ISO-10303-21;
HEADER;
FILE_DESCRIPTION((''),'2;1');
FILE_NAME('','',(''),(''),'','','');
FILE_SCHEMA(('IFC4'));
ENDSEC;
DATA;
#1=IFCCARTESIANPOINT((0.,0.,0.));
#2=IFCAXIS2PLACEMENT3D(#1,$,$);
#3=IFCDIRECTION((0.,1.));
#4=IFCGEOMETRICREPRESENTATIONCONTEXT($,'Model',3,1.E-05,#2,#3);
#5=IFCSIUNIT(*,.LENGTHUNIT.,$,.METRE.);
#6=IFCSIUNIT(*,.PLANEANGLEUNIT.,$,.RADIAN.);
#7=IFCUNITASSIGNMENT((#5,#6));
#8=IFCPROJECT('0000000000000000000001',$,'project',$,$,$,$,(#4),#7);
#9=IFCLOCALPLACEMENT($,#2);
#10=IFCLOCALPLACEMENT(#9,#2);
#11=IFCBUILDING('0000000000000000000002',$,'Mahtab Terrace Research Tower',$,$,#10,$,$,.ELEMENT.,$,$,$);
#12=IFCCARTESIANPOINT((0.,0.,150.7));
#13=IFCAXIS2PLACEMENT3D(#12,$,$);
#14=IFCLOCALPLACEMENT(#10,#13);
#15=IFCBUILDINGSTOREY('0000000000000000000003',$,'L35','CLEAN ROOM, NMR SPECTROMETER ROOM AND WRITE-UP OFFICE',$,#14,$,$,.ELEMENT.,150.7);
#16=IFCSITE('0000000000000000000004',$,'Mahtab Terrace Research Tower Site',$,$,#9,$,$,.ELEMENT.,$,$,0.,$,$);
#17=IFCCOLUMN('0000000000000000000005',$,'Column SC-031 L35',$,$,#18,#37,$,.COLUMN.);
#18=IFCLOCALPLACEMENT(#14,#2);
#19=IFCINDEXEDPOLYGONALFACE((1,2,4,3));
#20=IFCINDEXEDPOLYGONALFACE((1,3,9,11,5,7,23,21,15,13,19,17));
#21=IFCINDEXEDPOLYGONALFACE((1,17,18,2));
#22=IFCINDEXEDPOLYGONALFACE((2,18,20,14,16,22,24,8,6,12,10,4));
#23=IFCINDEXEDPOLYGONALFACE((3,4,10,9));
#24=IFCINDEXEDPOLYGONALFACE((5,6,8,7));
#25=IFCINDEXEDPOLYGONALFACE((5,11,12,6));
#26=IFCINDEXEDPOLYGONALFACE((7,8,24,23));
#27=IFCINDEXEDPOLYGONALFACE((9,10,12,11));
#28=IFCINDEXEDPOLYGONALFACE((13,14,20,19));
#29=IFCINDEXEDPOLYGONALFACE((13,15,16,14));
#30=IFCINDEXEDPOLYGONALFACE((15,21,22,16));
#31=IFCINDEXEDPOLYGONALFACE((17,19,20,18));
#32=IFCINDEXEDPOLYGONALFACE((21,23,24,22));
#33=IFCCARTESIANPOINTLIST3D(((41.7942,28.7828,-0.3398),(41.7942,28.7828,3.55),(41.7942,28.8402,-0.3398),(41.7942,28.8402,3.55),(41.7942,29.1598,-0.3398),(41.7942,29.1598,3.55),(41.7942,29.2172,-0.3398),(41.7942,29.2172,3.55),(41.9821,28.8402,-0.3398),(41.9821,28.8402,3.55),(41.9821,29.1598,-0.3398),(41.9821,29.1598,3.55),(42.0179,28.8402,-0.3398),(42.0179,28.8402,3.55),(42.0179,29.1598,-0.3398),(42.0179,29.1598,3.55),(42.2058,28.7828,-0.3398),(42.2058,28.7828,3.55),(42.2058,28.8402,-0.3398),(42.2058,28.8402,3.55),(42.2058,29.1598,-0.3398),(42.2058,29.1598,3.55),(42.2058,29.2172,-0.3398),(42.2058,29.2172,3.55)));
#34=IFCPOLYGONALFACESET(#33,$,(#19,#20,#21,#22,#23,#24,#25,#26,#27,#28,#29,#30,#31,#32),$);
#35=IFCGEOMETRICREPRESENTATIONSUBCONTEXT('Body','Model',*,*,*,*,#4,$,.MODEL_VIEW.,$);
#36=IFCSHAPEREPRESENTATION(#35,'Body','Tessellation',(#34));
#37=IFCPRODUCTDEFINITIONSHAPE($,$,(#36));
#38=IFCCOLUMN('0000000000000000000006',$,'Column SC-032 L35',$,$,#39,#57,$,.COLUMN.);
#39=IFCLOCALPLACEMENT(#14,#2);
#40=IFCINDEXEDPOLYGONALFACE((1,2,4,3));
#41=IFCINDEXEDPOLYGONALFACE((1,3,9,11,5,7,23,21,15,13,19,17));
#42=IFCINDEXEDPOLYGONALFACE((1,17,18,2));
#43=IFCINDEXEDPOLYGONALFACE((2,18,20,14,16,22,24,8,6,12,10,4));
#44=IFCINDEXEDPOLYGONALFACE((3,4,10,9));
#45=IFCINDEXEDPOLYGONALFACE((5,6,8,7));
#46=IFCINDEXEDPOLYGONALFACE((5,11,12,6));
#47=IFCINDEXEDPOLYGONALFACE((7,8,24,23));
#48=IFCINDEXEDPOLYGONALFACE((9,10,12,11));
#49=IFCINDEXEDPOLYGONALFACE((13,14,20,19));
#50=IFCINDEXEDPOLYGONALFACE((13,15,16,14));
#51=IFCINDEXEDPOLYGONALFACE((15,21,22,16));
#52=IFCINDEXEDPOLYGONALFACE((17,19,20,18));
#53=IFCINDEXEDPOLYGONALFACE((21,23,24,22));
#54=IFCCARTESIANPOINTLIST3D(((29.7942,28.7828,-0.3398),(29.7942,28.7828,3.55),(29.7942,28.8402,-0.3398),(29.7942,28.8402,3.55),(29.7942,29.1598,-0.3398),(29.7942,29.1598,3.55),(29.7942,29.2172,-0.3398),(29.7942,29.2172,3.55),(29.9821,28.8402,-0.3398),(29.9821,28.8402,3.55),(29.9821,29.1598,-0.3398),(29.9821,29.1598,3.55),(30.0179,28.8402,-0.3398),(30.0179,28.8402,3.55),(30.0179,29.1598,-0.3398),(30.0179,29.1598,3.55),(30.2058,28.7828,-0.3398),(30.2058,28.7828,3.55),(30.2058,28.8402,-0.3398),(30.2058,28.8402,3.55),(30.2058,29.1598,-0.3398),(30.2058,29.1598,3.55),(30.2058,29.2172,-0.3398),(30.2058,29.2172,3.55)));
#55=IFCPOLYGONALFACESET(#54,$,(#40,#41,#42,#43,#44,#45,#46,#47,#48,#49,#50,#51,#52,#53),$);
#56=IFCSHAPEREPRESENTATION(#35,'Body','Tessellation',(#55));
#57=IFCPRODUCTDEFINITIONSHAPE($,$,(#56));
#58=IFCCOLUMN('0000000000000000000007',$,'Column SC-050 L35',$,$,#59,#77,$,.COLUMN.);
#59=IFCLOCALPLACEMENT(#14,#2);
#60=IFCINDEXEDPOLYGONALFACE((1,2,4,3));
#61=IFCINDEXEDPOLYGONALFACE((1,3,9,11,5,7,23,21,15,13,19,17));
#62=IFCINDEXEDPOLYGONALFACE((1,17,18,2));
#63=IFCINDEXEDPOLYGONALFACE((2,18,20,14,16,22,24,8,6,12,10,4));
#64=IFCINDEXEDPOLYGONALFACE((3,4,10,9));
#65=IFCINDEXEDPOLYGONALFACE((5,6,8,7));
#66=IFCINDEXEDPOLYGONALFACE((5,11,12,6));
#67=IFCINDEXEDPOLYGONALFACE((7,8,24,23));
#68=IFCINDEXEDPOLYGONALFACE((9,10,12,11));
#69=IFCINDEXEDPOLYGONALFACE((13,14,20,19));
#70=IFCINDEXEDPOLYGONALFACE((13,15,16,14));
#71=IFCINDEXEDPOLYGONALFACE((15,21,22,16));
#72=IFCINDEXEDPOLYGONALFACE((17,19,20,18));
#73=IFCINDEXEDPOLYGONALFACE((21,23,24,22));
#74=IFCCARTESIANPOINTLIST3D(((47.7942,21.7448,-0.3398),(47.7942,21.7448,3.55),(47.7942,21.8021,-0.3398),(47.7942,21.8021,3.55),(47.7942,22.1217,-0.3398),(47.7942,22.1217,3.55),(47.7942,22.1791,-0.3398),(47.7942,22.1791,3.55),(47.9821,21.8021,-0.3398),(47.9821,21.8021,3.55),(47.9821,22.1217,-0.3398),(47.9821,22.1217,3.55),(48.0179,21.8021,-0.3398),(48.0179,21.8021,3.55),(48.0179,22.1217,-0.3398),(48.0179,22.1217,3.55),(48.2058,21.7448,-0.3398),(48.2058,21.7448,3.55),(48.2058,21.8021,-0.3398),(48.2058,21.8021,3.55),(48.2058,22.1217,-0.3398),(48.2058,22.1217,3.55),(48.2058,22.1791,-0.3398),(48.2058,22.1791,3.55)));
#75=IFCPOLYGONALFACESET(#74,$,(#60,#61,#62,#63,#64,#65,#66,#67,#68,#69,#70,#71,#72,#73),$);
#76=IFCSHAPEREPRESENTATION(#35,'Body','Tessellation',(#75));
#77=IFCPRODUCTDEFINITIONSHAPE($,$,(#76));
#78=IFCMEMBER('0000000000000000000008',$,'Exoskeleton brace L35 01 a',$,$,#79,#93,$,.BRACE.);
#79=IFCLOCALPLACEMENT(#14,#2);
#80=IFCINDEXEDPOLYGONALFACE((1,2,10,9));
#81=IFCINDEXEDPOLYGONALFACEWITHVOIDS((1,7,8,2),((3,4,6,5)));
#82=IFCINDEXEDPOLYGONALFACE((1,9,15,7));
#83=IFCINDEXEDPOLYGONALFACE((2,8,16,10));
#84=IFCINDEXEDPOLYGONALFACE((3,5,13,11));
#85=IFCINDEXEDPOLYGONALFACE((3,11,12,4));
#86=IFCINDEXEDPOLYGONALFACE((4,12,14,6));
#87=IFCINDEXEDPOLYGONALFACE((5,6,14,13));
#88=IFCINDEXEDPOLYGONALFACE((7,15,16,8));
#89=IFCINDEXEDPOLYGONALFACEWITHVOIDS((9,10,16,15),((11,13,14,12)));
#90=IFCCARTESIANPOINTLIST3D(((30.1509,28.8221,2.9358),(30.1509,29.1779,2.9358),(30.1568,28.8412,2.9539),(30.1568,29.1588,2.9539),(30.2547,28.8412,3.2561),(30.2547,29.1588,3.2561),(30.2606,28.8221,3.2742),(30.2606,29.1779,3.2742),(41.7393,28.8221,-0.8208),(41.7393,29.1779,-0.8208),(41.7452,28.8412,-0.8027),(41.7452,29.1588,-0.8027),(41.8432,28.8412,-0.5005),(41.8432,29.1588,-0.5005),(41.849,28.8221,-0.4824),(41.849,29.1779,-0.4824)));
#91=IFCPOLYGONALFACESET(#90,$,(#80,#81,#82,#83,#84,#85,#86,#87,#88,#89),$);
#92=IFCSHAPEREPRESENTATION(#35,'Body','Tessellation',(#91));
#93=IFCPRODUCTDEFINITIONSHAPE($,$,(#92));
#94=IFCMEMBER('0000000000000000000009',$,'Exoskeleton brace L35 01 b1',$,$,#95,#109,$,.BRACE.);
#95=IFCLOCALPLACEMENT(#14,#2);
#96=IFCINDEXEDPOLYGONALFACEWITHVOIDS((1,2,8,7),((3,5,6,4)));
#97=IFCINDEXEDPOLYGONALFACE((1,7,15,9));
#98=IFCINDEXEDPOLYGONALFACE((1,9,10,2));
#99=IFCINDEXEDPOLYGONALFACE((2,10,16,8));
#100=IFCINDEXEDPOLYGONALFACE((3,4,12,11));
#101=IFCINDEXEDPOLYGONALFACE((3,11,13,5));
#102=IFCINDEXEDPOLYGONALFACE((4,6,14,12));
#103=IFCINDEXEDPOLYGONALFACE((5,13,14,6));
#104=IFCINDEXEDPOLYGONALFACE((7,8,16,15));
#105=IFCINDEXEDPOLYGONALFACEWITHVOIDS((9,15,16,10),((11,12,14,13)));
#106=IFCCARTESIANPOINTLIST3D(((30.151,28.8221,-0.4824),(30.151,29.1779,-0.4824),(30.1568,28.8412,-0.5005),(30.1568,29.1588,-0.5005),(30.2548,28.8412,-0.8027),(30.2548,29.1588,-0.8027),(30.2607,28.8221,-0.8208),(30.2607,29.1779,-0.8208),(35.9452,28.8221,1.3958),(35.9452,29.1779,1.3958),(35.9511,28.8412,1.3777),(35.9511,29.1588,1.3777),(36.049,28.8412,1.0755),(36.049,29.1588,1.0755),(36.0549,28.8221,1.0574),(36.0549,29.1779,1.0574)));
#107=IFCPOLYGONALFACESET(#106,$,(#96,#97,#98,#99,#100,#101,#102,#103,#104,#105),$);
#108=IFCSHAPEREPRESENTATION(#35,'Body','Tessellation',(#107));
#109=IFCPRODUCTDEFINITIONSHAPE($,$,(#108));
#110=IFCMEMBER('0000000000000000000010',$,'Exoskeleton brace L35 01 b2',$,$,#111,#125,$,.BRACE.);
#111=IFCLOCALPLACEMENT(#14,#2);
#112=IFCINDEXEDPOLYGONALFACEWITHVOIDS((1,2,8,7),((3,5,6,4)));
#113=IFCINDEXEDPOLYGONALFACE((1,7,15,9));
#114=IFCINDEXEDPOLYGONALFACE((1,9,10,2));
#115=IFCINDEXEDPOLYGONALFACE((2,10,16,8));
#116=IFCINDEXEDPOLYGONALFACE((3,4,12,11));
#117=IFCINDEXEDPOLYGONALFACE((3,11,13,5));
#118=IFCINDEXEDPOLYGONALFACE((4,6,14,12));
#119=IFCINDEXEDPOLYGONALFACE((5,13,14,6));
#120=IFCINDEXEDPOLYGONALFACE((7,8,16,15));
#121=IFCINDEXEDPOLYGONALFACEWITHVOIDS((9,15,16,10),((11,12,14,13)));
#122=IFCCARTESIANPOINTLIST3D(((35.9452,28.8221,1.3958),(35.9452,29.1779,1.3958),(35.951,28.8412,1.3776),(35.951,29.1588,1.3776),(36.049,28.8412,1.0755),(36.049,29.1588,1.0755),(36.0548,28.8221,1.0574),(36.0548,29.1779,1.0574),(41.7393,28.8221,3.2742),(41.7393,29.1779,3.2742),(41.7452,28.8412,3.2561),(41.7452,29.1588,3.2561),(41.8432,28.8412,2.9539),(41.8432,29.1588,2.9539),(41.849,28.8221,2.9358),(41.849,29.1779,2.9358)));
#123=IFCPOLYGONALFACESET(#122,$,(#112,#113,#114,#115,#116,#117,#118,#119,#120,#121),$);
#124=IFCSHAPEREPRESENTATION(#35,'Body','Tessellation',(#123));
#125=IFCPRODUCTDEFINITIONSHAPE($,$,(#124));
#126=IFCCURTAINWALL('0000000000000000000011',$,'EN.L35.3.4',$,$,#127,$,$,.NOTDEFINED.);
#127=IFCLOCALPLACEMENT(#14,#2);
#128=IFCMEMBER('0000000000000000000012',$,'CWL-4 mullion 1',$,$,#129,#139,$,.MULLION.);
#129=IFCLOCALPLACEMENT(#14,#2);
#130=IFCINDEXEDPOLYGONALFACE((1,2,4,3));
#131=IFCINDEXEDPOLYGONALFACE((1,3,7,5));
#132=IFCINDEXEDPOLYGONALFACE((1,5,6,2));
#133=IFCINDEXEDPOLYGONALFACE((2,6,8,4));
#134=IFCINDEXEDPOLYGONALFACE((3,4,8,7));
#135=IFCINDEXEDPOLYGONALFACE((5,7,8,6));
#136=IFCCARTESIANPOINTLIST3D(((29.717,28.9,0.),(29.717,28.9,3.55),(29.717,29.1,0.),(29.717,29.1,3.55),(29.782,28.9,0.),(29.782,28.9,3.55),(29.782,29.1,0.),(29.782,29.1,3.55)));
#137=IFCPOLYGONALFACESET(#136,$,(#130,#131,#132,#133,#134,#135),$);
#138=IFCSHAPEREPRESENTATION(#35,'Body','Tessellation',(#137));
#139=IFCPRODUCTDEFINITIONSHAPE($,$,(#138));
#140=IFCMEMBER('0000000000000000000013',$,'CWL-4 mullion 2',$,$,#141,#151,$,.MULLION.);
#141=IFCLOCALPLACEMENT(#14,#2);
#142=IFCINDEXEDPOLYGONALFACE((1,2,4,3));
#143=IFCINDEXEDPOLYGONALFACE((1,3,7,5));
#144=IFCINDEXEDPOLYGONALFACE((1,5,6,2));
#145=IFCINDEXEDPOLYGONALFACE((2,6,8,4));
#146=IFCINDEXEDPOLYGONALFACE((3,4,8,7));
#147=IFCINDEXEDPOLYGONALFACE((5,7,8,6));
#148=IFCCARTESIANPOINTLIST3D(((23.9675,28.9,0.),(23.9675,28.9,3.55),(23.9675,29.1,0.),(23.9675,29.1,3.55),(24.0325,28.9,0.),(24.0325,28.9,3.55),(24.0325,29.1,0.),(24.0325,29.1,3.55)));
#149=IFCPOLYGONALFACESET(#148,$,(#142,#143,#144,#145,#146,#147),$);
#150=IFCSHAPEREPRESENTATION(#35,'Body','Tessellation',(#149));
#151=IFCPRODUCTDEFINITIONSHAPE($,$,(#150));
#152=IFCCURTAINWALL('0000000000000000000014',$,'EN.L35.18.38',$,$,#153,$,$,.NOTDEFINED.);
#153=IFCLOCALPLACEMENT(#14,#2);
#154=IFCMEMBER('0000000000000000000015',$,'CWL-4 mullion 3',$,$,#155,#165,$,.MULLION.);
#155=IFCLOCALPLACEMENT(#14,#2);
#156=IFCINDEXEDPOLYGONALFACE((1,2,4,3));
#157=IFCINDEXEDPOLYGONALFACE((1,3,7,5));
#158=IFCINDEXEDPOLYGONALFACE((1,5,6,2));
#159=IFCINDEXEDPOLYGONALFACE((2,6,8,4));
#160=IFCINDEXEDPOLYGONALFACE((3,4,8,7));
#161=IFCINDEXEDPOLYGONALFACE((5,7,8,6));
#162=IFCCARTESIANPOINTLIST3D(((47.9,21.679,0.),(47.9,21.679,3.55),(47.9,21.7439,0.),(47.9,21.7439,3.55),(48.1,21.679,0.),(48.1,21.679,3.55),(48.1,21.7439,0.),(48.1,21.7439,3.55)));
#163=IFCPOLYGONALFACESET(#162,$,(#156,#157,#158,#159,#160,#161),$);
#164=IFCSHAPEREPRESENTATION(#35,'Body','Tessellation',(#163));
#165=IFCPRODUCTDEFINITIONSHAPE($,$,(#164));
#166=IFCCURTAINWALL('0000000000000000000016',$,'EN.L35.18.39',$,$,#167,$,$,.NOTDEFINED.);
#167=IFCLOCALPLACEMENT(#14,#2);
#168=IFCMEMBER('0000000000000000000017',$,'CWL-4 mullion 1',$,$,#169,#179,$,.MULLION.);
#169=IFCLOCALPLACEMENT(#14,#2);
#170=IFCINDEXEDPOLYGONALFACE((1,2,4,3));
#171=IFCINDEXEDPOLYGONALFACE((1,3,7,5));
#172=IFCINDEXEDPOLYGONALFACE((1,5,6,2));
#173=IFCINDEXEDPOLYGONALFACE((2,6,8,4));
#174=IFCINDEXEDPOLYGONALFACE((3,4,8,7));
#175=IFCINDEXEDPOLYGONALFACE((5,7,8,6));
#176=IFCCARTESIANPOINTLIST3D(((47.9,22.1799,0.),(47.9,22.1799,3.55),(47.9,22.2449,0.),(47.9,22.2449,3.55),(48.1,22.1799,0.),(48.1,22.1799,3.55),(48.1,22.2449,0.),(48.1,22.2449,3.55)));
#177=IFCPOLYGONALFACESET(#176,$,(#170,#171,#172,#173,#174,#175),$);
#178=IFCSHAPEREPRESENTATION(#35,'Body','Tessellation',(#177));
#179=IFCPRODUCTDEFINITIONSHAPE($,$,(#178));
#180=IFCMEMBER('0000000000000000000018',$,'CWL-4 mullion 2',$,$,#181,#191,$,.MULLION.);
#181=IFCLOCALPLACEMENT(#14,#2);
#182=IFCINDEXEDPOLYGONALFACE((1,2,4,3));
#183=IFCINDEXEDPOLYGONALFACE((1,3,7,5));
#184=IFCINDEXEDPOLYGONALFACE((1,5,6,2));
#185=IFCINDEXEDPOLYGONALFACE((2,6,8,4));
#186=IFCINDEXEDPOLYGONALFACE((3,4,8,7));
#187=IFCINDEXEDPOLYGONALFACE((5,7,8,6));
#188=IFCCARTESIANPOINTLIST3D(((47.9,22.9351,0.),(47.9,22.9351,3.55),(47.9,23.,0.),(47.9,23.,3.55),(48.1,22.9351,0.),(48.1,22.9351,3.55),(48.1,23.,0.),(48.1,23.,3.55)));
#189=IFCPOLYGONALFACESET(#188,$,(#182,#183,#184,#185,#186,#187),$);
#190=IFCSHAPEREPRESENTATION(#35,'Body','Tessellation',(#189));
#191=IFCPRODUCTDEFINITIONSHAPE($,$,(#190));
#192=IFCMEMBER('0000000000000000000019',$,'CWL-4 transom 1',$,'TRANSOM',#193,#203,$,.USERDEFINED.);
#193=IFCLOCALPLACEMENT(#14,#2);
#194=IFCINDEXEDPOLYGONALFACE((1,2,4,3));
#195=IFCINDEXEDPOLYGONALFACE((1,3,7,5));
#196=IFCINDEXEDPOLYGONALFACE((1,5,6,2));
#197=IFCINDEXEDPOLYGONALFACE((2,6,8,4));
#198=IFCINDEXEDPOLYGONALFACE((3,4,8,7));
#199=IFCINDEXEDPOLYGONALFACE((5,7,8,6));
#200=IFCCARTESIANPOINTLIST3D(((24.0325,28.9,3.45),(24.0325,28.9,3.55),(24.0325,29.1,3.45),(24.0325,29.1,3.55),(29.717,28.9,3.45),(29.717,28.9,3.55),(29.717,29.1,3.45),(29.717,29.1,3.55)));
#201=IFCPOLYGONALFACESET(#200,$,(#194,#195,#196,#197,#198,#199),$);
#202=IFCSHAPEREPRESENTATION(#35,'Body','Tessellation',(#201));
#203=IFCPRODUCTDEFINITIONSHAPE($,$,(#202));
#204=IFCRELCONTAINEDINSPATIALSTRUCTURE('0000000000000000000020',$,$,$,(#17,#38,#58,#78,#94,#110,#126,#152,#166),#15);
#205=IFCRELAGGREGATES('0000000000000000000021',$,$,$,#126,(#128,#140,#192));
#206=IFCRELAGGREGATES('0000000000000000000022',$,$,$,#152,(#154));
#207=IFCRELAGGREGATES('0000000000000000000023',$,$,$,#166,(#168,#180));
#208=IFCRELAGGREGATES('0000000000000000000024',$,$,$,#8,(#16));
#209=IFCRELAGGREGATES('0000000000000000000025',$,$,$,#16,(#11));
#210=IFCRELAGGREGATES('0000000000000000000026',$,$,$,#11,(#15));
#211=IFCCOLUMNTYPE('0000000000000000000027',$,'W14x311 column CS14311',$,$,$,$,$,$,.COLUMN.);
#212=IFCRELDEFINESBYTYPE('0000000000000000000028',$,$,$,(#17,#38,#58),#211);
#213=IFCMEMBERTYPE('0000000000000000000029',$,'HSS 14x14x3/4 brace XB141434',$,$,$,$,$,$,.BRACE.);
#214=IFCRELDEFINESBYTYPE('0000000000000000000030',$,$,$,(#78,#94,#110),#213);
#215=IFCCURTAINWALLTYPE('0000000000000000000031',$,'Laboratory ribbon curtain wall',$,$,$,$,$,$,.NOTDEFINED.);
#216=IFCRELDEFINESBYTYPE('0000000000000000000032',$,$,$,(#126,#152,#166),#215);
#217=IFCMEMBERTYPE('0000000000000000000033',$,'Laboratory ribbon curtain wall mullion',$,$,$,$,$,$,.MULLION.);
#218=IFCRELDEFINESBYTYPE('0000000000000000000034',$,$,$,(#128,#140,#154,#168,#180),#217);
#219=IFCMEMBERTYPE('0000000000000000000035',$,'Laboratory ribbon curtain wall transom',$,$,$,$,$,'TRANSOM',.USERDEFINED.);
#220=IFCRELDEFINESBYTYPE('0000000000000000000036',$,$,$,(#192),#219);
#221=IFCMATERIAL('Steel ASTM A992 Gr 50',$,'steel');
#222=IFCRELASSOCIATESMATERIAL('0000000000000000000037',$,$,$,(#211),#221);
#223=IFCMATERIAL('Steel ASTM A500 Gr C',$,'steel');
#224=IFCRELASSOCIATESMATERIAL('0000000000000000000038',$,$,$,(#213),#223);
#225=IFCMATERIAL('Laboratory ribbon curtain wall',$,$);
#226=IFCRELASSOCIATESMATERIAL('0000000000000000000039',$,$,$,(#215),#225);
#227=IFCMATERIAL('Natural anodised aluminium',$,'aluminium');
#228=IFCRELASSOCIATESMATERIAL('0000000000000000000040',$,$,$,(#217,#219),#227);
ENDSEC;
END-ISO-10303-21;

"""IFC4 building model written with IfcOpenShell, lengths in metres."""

from ifc_helpers import new_model, si_unit, direction, frame, origin, origin_2d, place, context, subcontext, project, spatial, rectangle, hollow_rectangle, i_section, extrude, material, material_profile, profile_set, type_object, element, aggregate, save


model = new_model("IFC4")

# Units and contexts
model_context = context("Model", 3, precision=1e-05, world=origin(), true_north=direction((0.0, 1.0)))
body_context = subcontext(model_context, "Body", "Model", "MODEL_VIEW")
ifc_project = project(units=[si_unit("LENGTHUNIT", "METRE"), si_unit("PLANEANGLEUNIT", "RADIAN")], contexts=[model_context])

# Site, building, storey
site_placement = place(None, origin())
site = spatial("IfcSite", under=ifc_project, at=site_placement, Name="Mahtab Terrace Research Tower Site", CompositionType="ELEMENT", RefElevation=0.0)
building_placement = place(site_placement, origin())
building = spatial("IfcBuilding", under=site, at=building_placement, Name="Mahtab Terrace Research Tower", CompositionType="ELEMENT")
storey_placement = place(building_placement, frame((0.0, 0.0, 150.7)))
storey = spatial("IfcBuildingStorey", under=building, at=storey_placement, Name="L35", Description="CLEAN ROOM, NMR SPECTROMETER ROOM AND WRITE-UP OFFICE", CompositionType="ELEMENT", Elevation=150.7)

# Columns
ifc_material_1 = material(Name="Steel ASTM A992 Gr 50", Category="steel")
ifc_material_profile_1 = material_profile(ifc_material_1, i_section(OverallWidth=0.4116, OverallDepth=0.4343, WebThickness=0.0359, FlangeThickness=0.0574, at=origin_2d()), Name="W14X311")
ifc_profile_set_1 = profile_set([ifc_material_profile_1], Name="Steel ASTM A992 Gr 50")
column_type = type_object("IfcColumnType", Name="W14x311 column CS14311", PredefinedType="COLUMN", material=ifc_profile_set_1)
for number, where, z_axis, x_axis, name in (
    (1, (42.0, 29.0, -0.3398), (0.0, 0.0, 1.0), (1.0, 0.0, 0.0), "Column SC-031 L35"),
    (2, (30.0, 29.0, -0.3398), (0.0, 0.0, 1.0), (1.0, 0.0, 0.0), "Column SC-032 L35"),
    (3, (48.0, 21.9619, -0.3398), (0.0, 0.0, 1.0), (1.0, 0.0, 0.0), "Column SC-050 L35"),
):
    element("IfcColumn", number, at=place(storey_placement, frame(where, z_axis=z_axis, x_axis=x_axis)), inside=storey, type_object=column_type, Name=name, PredefinedType="COLUMN", context=body_context, shape_type="SweptSolid", body=[
        extrude(i_section(OverallWidth=0.4116, OverallDepth=0.4343, WebThickness=0.0359, FlangeThickness=0.0574, at=origin_2d()), origin(), (0.0, 0.0, 1.0), 3.8899),
    ])

# Members
ifc_material_2 = material(Name="Steel ASTM A500 Gr C", Category="steel")
ifc_material_profile_2 = material_profile(ifc_material_2, hollow_rectangle(XDim=0.3557, YDim=0.3557, WallThickness=0.019, at=origin_2d()), Name="HSS14X14X3/4")
ifc_profile_set_2 = profile_set([ifc_material_profile_2], Name="Steel ASTM A500 Gr C")
member_type_1 = type_object("IfcMemberType", Name="HSS 14x14x3/4 brace XB141434", PredefinedType="BRACE", material=ifc_profile_set_2)
member_1_placement = place(storey_placement, frame((41.7942, 29.0, -0.6516), z_axis=(-0.951266, 0.0, 0.308371), x_axis=(0.0, -1.0, 0.0)))
element("IfcMember", 4, at=member_1_placement, inside=storey, type_object=member_type_1, Name="Exoskeleton brace L35 01 a", PredefinedType="BRACE", context=body_context, shape_type="SweptSolid", body=[
    extrude(hollow_rectangle(XDim=0.3557, YDim=0.3557, WallThickness=0.019, at=origin_2d()), origin(), (0.0, 0.0, 1.0), 12.1821),
])
for number, where, z_axis, x_axis, name in (
    (5, (30.2058, 29.0, -0.6516), (0.951272, 0.0, 0.308353), (0.0, 1.0, 0.0), "Exoskeleton brace L35 01 b1"),
    (6, (36.0, 29.0, 1.2266), (0.95126, 0.0, 0.308389), (0.0, 1.0, 0.0), "Exoskeleton brace L35 01 b2"),
):
    element("IfcMember", number, at=place(storey_placement, frame(where, z_axis=z_axis, x_axis=x_axis)), inside=storey, type_object=member_type_1, Name=name, PredefinedType="BRACE", context=body_context, shape_type="SweptSolid", body=[
        extrude(hollow_rectangle(XDim=0.3557, YDim=0.3557, WallThickness=0.019, at=origin_2d()), origin(), (0.0, 0.0, 1.0), 6.0911),
    ])

# Curtain wall, members
ifc_material_3 = material(Name="Laboratory ribbon curtain wall")
curtain_wall_type = type_object("IfcCurtainWallType", Name="Laboratory ribbon curtain wall", PredefinedType="NOTDEFINED", material=ifc_material_3)
curtain_wall_1_placement = place(storey_placement, origin())
curtain_wall_1 = element("IfcCurtainWall", 7, at=curtain_wall_1_placement, inside=storey, type_object=curtain_wall_type, Name="EN.L35.3.4", PredefinedType="NOTDEFINED")
ifc_material_4 = material(Name="Natural anodised aluminium", Category="aluminium")
ifc_material_profile_3 = material_profile(ifc_material_4, rectangle(XDim=0.2, YDim=0.0649, at=origin_2d()), Name="MULLION 65x200")
ifc_profile_set_3 = profile_set([ifc_material_profile_3], Name="Natural anodised aluminium")
member_type_2 = type_object("IfcMemberType", Name="Laboratory ribbon curtain wall mullion", PredefinedType="MULLION", material=ifc_profile_set_3)
member_2_placement = place(storey_placement, frame((29.7495, 29.0, 0.0), z_axis=(0.0, 0.0, 1.0), x_axis=(0.0, -1.0, 0.0)))
member_2 = element("IfcMember", 8, at=member_2_placement, type_object=member_type_2, Name="CWL-4 mullion 1", PredefinedType="MULLION", context=body_context, shape_type="SweptSolid", body=[
    extrude(rectangle(XDim=0.2, YDim=0.0649, at=origin_2d()), origin(), (0.0, 0.0, 1.0), 3.55),
])
member_3_placement = place(storey_placement, frame((24.0, 29.0, 0.0), z_axis=(0.0, 0.0, 1.0), x_axis=(0.0, -1.0, 0.0)))
member_3 = element("IfcMember", 9, at=member_3_placement, type_object=member_type_2, Name="CWL-4 mullion 2", PredefinedType="MULLION", context=body_context, shape_type="SweptSolid", body=[
    extrude(rectangle(XDim=0.2, YDim=0.0649, at=origin_2d()), origin(), (0.0, 0.0, 1.0), 3.55),
])

# Curtain wall, member
curtain_wall_2_placement = place(storey_placement, origin())
curtain_wall_2 = element("IfcCurtainWall", 10, at=curtain_wall_2_placement, inside=storey, type_object=curtain_wall_type, Name="EN.L35.18.38", PredefinedType="NOTDEFINED")
member_4_placement = place(storey_placement, frame((48.0, 21.7114, 0.0), z_axis=(0.0, 0.0, 1.0), x_axis=(-1.0, 0.0, 0.0)))
member_4 = element("IfcMember", 11, at=member_4_placement, type_object=member_type_2, Name="CWL-4 mullion 3", PredefinedType="MULLION", context=body_context, shape_type="SweptSolid", body=[
    extrude(rectangle(XDim=0.2, YDim=0.0649, at=origin_2d()), origin(), (0.0, 0.0, 1.0), 3.55),
])

# Curtain wall, members
curtain_wall_3_placement = place(storey_placement, origin())
curtain_wall_3 = element("IfcCurtainWall", 12, at=curtain_wall_3_placement, inside=storey, type_object=curtain_wall_type, Name="EN.L35.18.39", PredefinedType="NOTDEFINED")
member_5_placement = place(storey_placement, frame((48.0, 22.2124, 0.0), z_axis=(0.0, 0.0, 1.0), x_axis=(-1.0, 0.0, 0.0)))
member_5 = element("IfcMember", 13, at=member_5_placement, type_object=member_type_2, Name="CWL-4 mullion 1", PredefinedType="MULLION", context=body_context, shape_type="SweptSolid", body=[
    extrude(rectangle(XDim=0.2, YDim=0.0649, at=origin_2d()), origin(), (0.0, 0.0, 1.0), 3.55),
])
member_6_placement = place(storey_placement, frame((48.0, 22.9675, 0.0), z_axis=(0.0, 0.0, 1.0), x_axis=(-1.0, 0.0, 0.0)))
member_6 = element("IfcMember", 14, at=member_6_placement, type_object=member_type_2, Name="CWL-4 mullion 2", PredefinedType="MULLION", context=body_context, shape_type="SweptSolid", body=[
    extrude(rectangle(XDim=0.2, YDim=0.0649, at=origin_2d()), origin(), (0.0, 0.0, 1.0), 3.55),
])

# Member
ifc_material_profile_4 = material_profile(ifc_material_4, rectangle(XDim=0.2, YDim=0.1001, at=origin_2d()), Name="TRANSOM 100x200")
ifc_profile_set_4 = profile_set([ifc_material_profile_4], Name="Natural anodised aluminium")
member_type_3 = type_object("IfcMemberType", Name="Laboratory ribbon curtain wall transom", ElementType="TRANSOM", PredefinedType="USERDEFINED", material=ifc_profile_set_4)
member_7_placement = place(storey_placement, frame((29.717, 29.0, 3.5), z_axis=(-1.0, 0.0, 0.0), x_axis=(0.0, -1.0, 0.0)))
member_7 = element("IfcMember", 15, at=member_7_placement, type_object=member_type_3, Name="CWL-4 transom 1", ObjectType="TRANSOM", PredefinedType="USERDEFINED", context=body_context, shape_type="SweptSolid", body=[
    extrude(rectangle(XDim=0.2, YDim=0.1001, at=origin_2d()), origin(), (0.0, 0.0, 1.0), 5.6846),
])

aggregate(curtain_wall_1, [member_2, member_3, member_7])
aggregate(curtain_wall_2, [member_4])
aggregate(curtain_wall_3, [member_5, member_6])

save(model, "model.ifc")
